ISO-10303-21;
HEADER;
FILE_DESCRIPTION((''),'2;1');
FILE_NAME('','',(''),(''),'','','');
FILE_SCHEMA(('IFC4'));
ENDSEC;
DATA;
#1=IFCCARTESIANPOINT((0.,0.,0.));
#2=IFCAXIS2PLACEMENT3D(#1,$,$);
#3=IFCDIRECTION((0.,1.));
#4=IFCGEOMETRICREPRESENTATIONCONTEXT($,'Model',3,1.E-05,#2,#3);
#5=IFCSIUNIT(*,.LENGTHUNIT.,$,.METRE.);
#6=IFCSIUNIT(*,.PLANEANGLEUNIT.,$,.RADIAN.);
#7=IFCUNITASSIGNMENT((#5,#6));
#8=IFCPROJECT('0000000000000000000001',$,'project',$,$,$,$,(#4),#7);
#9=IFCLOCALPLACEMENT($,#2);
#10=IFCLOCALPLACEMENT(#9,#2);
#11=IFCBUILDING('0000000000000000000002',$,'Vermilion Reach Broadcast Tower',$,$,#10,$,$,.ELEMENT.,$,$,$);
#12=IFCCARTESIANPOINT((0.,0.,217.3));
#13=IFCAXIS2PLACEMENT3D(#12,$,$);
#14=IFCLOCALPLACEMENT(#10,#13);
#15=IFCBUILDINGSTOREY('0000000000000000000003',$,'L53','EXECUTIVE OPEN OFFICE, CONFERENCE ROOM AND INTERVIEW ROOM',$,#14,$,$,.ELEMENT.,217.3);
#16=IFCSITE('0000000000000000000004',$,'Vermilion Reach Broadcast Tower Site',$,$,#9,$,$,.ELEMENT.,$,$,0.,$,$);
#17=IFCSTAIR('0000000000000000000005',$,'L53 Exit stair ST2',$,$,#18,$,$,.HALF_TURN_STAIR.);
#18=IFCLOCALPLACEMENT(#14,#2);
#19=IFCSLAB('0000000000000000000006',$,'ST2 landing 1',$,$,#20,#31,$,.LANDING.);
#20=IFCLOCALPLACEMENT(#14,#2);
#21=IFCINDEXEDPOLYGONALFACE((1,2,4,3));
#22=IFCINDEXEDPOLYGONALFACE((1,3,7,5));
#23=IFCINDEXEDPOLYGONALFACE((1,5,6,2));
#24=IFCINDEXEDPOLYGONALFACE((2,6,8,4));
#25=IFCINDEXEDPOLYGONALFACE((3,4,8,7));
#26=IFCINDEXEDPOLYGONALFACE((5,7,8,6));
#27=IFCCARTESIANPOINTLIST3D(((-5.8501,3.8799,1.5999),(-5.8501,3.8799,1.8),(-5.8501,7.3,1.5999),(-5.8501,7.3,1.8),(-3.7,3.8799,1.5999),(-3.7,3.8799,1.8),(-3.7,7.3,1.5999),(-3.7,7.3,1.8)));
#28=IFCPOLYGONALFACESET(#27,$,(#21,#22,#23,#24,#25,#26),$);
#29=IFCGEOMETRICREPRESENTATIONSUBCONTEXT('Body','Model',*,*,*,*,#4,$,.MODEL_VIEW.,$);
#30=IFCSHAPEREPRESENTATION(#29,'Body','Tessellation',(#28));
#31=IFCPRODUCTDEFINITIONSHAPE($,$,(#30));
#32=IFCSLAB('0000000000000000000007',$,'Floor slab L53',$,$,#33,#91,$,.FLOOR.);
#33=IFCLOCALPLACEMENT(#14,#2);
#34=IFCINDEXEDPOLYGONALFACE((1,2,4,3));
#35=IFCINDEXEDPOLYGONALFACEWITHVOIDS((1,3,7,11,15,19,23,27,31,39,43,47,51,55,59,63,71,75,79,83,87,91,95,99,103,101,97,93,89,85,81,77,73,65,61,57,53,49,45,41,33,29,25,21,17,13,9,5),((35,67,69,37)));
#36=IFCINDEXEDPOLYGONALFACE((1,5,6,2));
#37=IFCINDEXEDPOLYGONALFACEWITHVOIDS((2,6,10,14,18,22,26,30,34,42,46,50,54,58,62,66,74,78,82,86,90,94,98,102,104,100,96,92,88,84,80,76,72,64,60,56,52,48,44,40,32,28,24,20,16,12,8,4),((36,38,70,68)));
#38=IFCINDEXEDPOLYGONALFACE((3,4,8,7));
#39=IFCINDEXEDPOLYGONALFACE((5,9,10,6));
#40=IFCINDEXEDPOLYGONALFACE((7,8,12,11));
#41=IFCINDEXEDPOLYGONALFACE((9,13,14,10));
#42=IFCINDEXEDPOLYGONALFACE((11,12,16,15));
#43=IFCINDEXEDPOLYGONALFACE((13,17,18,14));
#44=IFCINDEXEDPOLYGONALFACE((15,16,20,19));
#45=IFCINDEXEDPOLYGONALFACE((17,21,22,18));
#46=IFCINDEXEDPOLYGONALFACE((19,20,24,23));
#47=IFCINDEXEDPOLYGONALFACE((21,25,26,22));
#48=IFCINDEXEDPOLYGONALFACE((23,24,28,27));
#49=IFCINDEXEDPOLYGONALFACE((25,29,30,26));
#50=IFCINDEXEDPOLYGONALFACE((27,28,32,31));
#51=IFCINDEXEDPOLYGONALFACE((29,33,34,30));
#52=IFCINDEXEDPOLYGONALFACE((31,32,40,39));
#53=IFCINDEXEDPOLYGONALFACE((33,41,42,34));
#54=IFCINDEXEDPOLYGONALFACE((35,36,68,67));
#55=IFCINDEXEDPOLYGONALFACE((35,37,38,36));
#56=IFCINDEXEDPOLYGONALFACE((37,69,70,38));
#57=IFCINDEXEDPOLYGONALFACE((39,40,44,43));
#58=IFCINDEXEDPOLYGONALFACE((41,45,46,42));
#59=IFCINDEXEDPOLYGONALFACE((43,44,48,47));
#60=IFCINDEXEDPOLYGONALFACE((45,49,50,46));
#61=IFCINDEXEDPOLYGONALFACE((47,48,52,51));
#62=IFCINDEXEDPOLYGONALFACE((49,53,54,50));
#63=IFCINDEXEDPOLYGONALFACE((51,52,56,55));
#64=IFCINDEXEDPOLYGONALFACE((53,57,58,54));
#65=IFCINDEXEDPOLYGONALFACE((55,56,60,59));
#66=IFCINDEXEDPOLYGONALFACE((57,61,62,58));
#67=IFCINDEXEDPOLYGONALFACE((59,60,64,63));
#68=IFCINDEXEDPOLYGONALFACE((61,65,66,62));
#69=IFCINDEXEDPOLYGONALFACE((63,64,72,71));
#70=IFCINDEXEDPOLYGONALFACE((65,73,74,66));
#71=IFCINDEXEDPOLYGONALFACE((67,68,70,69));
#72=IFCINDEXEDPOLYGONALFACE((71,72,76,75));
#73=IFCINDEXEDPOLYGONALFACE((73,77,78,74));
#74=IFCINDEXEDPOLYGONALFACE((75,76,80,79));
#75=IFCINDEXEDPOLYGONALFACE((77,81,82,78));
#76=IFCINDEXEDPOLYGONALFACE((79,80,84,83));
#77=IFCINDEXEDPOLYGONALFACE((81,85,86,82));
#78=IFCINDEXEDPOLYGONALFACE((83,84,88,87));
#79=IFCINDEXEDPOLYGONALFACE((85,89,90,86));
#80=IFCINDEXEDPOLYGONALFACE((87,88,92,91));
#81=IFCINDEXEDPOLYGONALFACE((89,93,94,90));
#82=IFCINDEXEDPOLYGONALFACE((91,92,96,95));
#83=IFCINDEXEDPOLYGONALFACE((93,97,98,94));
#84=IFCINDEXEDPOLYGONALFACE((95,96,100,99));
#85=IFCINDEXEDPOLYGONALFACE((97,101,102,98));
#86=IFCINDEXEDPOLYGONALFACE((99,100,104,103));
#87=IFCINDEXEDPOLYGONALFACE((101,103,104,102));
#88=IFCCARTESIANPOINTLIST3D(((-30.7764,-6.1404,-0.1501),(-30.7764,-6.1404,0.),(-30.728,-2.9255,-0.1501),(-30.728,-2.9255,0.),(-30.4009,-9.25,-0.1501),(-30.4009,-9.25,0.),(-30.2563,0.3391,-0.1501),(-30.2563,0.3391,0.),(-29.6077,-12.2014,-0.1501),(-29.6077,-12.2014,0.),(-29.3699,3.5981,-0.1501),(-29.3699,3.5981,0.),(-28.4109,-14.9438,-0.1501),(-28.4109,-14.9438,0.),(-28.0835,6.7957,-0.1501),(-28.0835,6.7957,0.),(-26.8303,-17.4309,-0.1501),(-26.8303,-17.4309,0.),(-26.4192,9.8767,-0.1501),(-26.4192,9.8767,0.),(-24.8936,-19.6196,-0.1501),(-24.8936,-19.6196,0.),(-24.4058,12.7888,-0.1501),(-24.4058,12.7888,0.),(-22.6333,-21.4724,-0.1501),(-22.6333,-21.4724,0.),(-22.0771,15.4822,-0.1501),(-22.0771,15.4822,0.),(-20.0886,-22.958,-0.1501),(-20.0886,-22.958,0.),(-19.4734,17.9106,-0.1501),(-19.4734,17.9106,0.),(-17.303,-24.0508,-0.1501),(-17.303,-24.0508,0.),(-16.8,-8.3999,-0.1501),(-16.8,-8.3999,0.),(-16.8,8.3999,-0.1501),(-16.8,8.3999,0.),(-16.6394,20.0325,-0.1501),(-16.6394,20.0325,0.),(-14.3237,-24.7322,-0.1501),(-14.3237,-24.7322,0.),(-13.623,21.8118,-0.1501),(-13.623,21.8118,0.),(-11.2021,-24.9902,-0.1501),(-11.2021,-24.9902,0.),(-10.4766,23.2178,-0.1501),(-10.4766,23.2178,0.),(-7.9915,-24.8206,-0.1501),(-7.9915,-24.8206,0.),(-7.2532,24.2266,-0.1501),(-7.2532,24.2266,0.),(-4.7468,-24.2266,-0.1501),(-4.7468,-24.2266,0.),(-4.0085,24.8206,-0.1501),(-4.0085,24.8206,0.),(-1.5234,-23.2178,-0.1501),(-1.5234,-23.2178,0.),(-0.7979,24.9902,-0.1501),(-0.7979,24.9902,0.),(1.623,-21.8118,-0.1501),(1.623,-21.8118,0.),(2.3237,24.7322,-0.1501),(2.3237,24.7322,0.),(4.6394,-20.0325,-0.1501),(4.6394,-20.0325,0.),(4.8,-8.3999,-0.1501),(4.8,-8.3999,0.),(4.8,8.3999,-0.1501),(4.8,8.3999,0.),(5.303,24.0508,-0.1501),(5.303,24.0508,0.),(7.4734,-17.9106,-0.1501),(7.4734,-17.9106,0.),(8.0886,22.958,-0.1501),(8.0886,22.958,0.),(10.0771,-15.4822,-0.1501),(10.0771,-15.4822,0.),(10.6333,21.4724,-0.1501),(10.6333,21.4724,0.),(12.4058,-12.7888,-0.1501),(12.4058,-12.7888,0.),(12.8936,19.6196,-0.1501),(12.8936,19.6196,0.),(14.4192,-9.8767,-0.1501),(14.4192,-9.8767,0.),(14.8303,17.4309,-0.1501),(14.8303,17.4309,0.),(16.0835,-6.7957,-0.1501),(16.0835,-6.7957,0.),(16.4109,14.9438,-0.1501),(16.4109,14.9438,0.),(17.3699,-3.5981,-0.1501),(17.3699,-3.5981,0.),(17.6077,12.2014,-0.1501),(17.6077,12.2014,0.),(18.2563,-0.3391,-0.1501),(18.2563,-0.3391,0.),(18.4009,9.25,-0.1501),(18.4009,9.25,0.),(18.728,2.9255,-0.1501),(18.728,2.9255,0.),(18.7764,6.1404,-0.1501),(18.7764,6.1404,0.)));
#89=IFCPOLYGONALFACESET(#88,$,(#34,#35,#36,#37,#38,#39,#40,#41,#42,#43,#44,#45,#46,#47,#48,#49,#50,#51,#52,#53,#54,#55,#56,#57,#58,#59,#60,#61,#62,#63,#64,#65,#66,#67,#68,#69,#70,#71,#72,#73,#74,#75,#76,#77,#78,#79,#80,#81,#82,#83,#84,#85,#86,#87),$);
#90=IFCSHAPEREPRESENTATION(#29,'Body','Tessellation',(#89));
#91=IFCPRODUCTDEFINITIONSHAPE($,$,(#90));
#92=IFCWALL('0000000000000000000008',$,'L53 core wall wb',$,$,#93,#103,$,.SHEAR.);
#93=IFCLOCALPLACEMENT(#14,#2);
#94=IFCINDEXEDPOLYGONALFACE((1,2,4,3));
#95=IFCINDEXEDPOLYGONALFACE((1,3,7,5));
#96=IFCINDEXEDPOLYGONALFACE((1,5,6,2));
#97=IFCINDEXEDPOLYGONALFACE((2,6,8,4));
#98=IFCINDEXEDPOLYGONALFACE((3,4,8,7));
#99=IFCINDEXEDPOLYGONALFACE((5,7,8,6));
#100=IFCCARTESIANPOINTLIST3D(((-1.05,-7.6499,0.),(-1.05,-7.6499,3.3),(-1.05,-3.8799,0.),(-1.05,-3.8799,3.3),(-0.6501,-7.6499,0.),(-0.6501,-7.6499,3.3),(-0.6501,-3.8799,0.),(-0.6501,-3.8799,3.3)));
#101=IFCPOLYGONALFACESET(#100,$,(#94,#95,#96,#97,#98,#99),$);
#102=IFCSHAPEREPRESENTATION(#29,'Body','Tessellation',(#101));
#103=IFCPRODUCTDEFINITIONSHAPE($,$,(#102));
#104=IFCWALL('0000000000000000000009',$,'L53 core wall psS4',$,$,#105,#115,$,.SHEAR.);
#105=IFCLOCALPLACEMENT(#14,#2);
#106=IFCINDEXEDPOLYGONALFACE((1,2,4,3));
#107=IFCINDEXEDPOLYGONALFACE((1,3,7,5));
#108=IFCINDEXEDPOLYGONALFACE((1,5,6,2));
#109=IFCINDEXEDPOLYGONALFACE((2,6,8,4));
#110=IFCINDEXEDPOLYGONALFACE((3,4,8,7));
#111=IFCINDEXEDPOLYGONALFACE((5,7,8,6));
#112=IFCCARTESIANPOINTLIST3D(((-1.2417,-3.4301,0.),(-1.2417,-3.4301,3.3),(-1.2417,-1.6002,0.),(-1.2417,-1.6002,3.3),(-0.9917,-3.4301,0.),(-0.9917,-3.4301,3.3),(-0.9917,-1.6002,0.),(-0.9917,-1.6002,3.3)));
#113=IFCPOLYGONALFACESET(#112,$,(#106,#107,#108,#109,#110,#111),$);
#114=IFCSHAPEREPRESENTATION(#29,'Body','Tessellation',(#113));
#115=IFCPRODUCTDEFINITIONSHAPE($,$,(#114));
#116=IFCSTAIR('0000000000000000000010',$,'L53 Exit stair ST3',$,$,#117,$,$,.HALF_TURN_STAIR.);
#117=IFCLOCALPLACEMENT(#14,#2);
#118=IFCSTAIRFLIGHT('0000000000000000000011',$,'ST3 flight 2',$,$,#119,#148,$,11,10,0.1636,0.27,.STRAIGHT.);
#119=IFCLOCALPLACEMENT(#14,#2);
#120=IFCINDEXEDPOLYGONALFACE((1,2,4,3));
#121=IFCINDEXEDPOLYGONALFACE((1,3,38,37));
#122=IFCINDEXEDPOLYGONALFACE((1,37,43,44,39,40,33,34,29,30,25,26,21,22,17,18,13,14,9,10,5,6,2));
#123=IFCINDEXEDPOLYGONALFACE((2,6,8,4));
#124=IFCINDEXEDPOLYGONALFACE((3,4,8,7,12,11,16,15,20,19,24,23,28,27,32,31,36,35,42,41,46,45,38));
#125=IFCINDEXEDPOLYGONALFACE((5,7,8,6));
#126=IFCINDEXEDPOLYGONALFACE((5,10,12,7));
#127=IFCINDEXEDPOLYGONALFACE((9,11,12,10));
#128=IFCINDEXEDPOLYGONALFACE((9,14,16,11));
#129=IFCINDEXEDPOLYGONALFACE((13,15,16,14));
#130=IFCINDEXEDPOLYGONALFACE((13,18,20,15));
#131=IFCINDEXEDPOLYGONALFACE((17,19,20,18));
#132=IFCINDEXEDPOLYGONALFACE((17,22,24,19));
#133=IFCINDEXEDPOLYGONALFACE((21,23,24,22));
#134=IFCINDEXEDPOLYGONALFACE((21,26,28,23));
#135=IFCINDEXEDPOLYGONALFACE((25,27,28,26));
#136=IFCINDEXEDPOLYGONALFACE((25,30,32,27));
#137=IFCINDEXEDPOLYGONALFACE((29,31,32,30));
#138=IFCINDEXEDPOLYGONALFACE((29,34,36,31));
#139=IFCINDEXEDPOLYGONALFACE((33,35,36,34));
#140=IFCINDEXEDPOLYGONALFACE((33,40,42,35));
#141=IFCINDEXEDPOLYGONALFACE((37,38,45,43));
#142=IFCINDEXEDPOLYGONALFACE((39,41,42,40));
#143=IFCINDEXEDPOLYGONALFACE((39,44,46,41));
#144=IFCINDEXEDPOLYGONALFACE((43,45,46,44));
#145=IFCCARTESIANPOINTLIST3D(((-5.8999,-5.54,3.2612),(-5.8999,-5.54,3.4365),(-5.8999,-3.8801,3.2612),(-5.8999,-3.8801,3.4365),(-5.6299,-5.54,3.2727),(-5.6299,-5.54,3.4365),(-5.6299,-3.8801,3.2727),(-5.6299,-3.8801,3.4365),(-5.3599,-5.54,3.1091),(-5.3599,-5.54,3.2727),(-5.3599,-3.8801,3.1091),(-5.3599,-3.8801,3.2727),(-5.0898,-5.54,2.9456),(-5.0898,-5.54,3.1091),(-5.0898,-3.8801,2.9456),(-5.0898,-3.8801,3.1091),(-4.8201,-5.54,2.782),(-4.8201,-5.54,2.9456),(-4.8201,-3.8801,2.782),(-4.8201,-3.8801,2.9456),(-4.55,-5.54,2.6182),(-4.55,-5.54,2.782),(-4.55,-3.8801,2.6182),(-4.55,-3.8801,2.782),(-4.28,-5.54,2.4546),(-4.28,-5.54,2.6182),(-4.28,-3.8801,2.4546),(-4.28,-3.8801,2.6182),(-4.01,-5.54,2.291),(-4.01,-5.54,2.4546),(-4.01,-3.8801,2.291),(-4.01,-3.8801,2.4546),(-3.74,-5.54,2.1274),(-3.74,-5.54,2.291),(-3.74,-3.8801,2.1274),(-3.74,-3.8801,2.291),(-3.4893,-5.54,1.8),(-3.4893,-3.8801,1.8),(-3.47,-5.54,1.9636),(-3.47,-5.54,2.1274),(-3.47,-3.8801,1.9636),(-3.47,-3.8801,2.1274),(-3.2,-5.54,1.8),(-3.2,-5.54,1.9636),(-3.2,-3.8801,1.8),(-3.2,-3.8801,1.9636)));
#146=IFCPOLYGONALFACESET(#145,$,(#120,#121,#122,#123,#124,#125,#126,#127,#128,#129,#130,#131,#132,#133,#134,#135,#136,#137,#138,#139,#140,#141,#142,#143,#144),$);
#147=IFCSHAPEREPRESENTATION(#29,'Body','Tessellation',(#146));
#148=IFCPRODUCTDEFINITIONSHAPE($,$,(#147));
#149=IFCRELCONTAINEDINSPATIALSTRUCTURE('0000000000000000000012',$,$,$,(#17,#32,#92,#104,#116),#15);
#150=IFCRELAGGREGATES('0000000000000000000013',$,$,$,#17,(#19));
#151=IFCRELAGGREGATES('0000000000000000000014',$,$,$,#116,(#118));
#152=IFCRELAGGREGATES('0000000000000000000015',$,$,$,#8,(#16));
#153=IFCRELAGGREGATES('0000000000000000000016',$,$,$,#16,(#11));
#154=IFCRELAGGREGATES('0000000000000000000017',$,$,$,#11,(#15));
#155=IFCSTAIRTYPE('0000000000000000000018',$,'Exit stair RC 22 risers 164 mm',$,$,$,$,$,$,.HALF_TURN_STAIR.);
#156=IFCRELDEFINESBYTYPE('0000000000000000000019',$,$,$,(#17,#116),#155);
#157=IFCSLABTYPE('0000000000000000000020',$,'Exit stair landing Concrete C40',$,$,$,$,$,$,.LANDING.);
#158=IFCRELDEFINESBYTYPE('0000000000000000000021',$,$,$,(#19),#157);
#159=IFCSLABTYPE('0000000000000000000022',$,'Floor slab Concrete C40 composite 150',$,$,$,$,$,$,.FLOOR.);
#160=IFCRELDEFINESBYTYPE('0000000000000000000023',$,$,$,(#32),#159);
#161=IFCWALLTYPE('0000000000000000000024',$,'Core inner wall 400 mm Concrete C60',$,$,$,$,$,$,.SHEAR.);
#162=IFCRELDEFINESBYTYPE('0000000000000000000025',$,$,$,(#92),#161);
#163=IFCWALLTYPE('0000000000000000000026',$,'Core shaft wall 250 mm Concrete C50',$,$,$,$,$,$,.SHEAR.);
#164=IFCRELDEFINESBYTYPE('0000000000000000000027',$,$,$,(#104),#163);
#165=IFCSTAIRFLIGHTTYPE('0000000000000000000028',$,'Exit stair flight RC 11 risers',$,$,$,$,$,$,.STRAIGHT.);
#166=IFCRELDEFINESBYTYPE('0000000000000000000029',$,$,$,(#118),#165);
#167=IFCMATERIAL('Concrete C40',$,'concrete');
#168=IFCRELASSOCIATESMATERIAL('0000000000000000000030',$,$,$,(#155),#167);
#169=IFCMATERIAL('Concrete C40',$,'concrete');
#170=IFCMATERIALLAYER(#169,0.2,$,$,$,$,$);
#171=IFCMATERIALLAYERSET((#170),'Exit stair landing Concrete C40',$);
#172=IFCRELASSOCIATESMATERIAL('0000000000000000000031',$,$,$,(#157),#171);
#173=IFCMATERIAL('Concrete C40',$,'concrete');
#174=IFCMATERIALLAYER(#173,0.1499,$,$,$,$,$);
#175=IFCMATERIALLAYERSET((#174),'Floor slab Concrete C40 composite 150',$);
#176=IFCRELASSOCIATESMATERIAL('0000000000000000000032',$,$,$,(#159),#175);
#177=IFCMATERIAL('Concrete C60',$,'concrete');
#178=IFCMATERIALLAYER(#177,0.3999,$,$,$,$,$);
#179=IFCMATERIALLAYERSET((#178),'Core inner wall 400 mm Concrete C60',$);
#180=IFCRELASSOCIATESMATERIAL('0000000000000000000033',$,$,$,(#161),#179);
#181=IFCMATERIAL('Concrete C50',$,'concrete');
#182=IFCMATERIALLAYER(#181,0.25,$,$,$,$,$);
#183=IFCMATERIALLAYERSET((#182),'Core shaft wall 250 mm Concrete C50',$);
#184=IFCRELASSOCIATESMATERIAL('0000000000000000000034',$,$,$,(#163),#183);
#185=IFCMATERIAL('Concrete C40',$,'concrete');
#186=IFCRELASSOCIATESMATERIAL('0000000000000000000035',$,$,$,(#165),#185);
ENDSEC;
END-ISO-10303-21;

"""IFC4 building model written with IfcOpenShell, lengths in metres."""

from ifc_helpers import new_model, si_unit, direction, frame, frame_2d, origin, place, context, subcontext, project, spatial, polyline, rectangle, outline, extrude, material, layer, layer_set, type_object, element, aggregate, save


model = new_model("IFC4")

# Units and contexts
model_context = context("Model", 3, precision=1e-05, world=origin(), true_north=direction((0.0, 1.0)))
body_context = subcontext(model_context, "Body", "Model", "MODEL_VIEW")
ifc_project = project(units=[si_unit("LENGTHUNIT", "METRE"), si_unit("PLANEANGLEUNIT", "RADIAN")], contexts=[model_context])

# Site, building, storey
site_placement = place(None, origin())
site = spatial("IfcSite", under=ifc_project, at=site_placement, Name="Vermilion Reach Broadcast Tower Site", CompositionType="ELEMENT", RefElevation=0.0)
building_placement = place(site_placement, origin())
building = spatial("IfcBuilding", under=site, at=building_placement, Name="Vermilion Reach Broadcast Tower", CompositionType="ELEMENT")
storey_placement = place(building_placement, frame((0.0, 0.0, 217.3)))
storey = spatial("IfcBuildingStorey", under=building, at=storey_placement, Name="L53", Description="EXECUTIVE OPEN OFFICE, CONFERENCE ROOM AND INTERVIEW ROOM", CompositionType="ELEMENT", Elevation=217.3)

# Stair, slab
ifc_material_1 = material(Name="Concrete C40", Category="concrete")
stair_type = type_object("IfcStairType", Name="Exit stair RC 22 risers 164 mm", PredefinedType="HALF_TURN_STAIR", material=ifc_material_1)
placement_1 = place(storey_placement, origin())
ifc_material_2 = material(Name="Concrete C40", Category="concrete")
ifc_layer_1 = layer(ifc_material_2, 0.2)
ifc_layer_set_1 = layer_set([ifc_layer_1], Name="Exit stair landing Concrete C40")
slab_type_1 = type_object("IfcSlabType", Name="Exit stair landing Concrete C40", PredefinedType="LANDING", material=ifc_layer_set_1)
placement_2 = place(storey_placement, frame((0.0, 0.0, 1.5999)))
stair_1 = element("IfcStair", 1, at=placement_1, inside=storey, type_object=stair_type, Name="L53 Exit stair ST2", PredefinedType="HALF_TURN_STAIR")
slab_1 = element("IfcSlab", 2, at=placement_2, type_object=slab_type_1, Name="ST2 landing 1", PredefinedType="LANDING", context=body_context, shape_type="SweptSolid", body=[
    extrude(outline(polyline([(-3.7, 7.3), (-5.8501, 7.3), (-5.8501, 3.8799), (-3.7, 3.8799), (-3.7, 7.3)])), origin(), (0.0, 0.0, 1.0), 0.2002),
])
aggregate(stair_1, [slab_1])

# Slab
ifc_material_3 = material(Name="Concrete C40", Category="concrete")
ifc_layer_2 = layer(ifc_material_3, 0.1499)
ifc_layer_set_2 = layer_set([ifc_layer_2], Name="Floor slab Concrete C40 composite 150")
slab_type_2 = type_object("IfcSlabType", Name="Floor slab Concrete C40 composite 150", PredefinedType="FLOOR", material=ifc_layer_set_2)
slab_2_placement = place(storey_placement, frame((0.0, 0.0, -0.1501)))
element("IfcSlab", 3, at=slab_2_placement, inside=storey, type_object=slab_type_2, Name="Floor slab L53", PredefinedType="FLOOR", context=body_context, shape_type="SweptSolid", body=[
    extrude(outline(polyline([(12.8936, 19.6196), (10.6333, 21.4724), (8.0886, 22.958), (5.303, 24.0508), (2.3237, 24.7322), (-0.7979, 24.9902), (-4.0085, 24.8206), (-7.2532, 24.2266), (-10.4766, 23.2178), (-13.623, 21.8118), (-16.6394, 20.0325), (-19.4734, 17.9106), (-22.0771, 15.4822), (-24.4058, 12.7888), (-26.4192, 9.8767), (-28.0835, 6.7957), (-29.3699, 3.5981), (-30.2563, 0.3391), (-30.728, -2.9255), (-30.7764, -6.1404), (-30.4009, -9.25), (-29.6077, -12.2014), (-28.4109, -14.9438), (-26.8303, -17.4309), (-24.8936, -19.6196), (-22.6333, -21.4724), (-20.0886, -22.958), (-17.303, -24.0508), (-14.3237, -24.7322), (-11.2021, -24.9902), (-7.9915, -24.8206), (-4.7468, -24.2266), (-1.5234, -23.2178), (1.623, -21.8118), (4.6394, -20.0325), (7.4734, -17.9106), (10.0771, -15.4822), (12.4058, -12.7888), (14.4192, -9.8767), (16.0835, -6.7957), (17.3699, -3.5981), (18.2563, -0.3391), (18.728, 2.9255), (18.7764, 6.1404), (18.4009, 9.25), (17.6077, 12.2014), (16.4109, 14.9438), (14.8303, 17.4309), (12.8936, 19.6196)]), holes=[polyline([(-16.8, -8.3999), (4.8, -8.3999), (4.8, 8.3999), (-16.8, 8.3999), (-16.8, -8.3999)])]), origin(), (0.0, 0.0, 1.0), 0.1501),
])

# Walls
ifc_material_4 = material(Name="Concrete C60", Category="concrete")
ifc_layer_3 = layer(ifc_material_4, 0.3999)
ifc_layer_set_3 = layer_set([ifc_layer_3], Name="Core inner wall 400 mm Concrete C60")
wall_type_1 = type_object("IfcWallType", Name="Core inner wall 400 mm Concrete C60", PredefinedType="SHEAR", material=ifc_layer_set_3)
wall_1_placement = place(storey_placement, frame((-0.8501, -3.8799, 0.0), z_axis=(0.0, 0.0, 1.0), x_axis=(0.0, -1.0, 0.0)))
element("IfcWall", 4, at=wall_1_placement, inside=storey, type_object=wall_type_1, Name="L53 core wall wb", PredefinedType="SHEAR", context=body_context, shape_type="SweptSolid", body=[
    extrude(rectangle(XDim=3.77, YDim=0.3999, at=frame_2d((1.885, 0.0))), origin(), (0.0, 0.0, 1.0), 3.3),
])
ifc_material_5 = material(Name="Concrete C50", Category="concrete")
ifc_layer_4 = layer(ifc_material_5, 0.25)
ifc_layer_set_4 = layer_set([ifc_layer_4], Name="Core shaft wall 250 mm Concrete C50")
wall_type_2 = type_object("IfcWallType", Name="Core shaft wall 250 mm Concrete C50", PredefinedType="SHEAR", material=ifc_layer_set_4)
wall_2_placement = place(storey_placement, frame((-1.1167, -1.6001, 0.0), z_axis=(0.0, 0.0, 1.0), x_axis=(0.0, -1.0, 0.0)))
element("IfcWall", 5, at=wall_2_placement, inside=storey, type_object=wall_type_2, Name="L53 core wall psS4", PredefinedType="SHEAR", context=body_context, shape_type="SweptSolid", body=[
    extrude(rectangle(XDim=1.8298, YDim=0.25, at=frame_2d((0.915, 0.0))), origin(), (0.0, 0.0, 1.0), 3.3),
])

# Stair, stair flight
stair_2 = element("IfcStair", 6, at=placement_1, inside=storey, type_object=stair_type, Name="L53 Exit stair ST3", PredefinedType="HALF_TURN_STAIR")
ifc_material_6 = material(Name="Concrete C40", Category="concrete")
stair_flight_type = type_object("IfcStairFlightType", Name="Exit stair flight RC 11 risers", PredefinedType="STRAIGHT", material=ifc_material_6)
stair_flight_placement = place(storey_placement, frame((-3.2, -4.71, 1.8), z_axis=(0.0, 0.0, 1.0), x_axis=(-1.0, 0.0, 0.0)))
stair_flight = element("IfcStairFlight", 7, at=stair_flight_placement, type_object=stair_flight_type, Name="ST3 flight 2", NumberOfRisers=11, NumberOfTreads=10, PredefinedType="STRAIGHT", RiserHeight=0.1636, TreadLength=0.27, context=body_context, shape_type="SweptSolid", body=[
    extrude(outline(polyline([(0.0, 0.0), (0.0, 0.1636), (0.27, 0.1636), (0.27, 0.3274), (0.54, 0.3274), (0.54, 0.491), (0.8101, 0.491), (0.8101, 0.6545), (1.0801, 0.6545), (1.0801, 0.8181), (1.3501, 0.8181), (1.3501, 0.9819), (1.6201, 0.9819), (1.6201, 1.1455), (1.8899, 1.1455), (1.8899, 1.3091), (2.1599, 1.3091), (2.1599, 1.4727), (2.4299, 1.4727), (2.4299, 1.6365), (2.7, 1.6365), (2.7, 1.8), (2.7, 1.4612), (0.2893, 0.0), (0.0, 0.0)])), frame((0.0, 0.8301, 0.0), z_axis=(0.0, -1.0, 0.0), x_axis=(1.0, 0.0, 0.0)), (0.0, 0.0, 1.0), 1.6599),
])
aggregate(stair_2, [stair_flight])

save(model, "model.ifc")
